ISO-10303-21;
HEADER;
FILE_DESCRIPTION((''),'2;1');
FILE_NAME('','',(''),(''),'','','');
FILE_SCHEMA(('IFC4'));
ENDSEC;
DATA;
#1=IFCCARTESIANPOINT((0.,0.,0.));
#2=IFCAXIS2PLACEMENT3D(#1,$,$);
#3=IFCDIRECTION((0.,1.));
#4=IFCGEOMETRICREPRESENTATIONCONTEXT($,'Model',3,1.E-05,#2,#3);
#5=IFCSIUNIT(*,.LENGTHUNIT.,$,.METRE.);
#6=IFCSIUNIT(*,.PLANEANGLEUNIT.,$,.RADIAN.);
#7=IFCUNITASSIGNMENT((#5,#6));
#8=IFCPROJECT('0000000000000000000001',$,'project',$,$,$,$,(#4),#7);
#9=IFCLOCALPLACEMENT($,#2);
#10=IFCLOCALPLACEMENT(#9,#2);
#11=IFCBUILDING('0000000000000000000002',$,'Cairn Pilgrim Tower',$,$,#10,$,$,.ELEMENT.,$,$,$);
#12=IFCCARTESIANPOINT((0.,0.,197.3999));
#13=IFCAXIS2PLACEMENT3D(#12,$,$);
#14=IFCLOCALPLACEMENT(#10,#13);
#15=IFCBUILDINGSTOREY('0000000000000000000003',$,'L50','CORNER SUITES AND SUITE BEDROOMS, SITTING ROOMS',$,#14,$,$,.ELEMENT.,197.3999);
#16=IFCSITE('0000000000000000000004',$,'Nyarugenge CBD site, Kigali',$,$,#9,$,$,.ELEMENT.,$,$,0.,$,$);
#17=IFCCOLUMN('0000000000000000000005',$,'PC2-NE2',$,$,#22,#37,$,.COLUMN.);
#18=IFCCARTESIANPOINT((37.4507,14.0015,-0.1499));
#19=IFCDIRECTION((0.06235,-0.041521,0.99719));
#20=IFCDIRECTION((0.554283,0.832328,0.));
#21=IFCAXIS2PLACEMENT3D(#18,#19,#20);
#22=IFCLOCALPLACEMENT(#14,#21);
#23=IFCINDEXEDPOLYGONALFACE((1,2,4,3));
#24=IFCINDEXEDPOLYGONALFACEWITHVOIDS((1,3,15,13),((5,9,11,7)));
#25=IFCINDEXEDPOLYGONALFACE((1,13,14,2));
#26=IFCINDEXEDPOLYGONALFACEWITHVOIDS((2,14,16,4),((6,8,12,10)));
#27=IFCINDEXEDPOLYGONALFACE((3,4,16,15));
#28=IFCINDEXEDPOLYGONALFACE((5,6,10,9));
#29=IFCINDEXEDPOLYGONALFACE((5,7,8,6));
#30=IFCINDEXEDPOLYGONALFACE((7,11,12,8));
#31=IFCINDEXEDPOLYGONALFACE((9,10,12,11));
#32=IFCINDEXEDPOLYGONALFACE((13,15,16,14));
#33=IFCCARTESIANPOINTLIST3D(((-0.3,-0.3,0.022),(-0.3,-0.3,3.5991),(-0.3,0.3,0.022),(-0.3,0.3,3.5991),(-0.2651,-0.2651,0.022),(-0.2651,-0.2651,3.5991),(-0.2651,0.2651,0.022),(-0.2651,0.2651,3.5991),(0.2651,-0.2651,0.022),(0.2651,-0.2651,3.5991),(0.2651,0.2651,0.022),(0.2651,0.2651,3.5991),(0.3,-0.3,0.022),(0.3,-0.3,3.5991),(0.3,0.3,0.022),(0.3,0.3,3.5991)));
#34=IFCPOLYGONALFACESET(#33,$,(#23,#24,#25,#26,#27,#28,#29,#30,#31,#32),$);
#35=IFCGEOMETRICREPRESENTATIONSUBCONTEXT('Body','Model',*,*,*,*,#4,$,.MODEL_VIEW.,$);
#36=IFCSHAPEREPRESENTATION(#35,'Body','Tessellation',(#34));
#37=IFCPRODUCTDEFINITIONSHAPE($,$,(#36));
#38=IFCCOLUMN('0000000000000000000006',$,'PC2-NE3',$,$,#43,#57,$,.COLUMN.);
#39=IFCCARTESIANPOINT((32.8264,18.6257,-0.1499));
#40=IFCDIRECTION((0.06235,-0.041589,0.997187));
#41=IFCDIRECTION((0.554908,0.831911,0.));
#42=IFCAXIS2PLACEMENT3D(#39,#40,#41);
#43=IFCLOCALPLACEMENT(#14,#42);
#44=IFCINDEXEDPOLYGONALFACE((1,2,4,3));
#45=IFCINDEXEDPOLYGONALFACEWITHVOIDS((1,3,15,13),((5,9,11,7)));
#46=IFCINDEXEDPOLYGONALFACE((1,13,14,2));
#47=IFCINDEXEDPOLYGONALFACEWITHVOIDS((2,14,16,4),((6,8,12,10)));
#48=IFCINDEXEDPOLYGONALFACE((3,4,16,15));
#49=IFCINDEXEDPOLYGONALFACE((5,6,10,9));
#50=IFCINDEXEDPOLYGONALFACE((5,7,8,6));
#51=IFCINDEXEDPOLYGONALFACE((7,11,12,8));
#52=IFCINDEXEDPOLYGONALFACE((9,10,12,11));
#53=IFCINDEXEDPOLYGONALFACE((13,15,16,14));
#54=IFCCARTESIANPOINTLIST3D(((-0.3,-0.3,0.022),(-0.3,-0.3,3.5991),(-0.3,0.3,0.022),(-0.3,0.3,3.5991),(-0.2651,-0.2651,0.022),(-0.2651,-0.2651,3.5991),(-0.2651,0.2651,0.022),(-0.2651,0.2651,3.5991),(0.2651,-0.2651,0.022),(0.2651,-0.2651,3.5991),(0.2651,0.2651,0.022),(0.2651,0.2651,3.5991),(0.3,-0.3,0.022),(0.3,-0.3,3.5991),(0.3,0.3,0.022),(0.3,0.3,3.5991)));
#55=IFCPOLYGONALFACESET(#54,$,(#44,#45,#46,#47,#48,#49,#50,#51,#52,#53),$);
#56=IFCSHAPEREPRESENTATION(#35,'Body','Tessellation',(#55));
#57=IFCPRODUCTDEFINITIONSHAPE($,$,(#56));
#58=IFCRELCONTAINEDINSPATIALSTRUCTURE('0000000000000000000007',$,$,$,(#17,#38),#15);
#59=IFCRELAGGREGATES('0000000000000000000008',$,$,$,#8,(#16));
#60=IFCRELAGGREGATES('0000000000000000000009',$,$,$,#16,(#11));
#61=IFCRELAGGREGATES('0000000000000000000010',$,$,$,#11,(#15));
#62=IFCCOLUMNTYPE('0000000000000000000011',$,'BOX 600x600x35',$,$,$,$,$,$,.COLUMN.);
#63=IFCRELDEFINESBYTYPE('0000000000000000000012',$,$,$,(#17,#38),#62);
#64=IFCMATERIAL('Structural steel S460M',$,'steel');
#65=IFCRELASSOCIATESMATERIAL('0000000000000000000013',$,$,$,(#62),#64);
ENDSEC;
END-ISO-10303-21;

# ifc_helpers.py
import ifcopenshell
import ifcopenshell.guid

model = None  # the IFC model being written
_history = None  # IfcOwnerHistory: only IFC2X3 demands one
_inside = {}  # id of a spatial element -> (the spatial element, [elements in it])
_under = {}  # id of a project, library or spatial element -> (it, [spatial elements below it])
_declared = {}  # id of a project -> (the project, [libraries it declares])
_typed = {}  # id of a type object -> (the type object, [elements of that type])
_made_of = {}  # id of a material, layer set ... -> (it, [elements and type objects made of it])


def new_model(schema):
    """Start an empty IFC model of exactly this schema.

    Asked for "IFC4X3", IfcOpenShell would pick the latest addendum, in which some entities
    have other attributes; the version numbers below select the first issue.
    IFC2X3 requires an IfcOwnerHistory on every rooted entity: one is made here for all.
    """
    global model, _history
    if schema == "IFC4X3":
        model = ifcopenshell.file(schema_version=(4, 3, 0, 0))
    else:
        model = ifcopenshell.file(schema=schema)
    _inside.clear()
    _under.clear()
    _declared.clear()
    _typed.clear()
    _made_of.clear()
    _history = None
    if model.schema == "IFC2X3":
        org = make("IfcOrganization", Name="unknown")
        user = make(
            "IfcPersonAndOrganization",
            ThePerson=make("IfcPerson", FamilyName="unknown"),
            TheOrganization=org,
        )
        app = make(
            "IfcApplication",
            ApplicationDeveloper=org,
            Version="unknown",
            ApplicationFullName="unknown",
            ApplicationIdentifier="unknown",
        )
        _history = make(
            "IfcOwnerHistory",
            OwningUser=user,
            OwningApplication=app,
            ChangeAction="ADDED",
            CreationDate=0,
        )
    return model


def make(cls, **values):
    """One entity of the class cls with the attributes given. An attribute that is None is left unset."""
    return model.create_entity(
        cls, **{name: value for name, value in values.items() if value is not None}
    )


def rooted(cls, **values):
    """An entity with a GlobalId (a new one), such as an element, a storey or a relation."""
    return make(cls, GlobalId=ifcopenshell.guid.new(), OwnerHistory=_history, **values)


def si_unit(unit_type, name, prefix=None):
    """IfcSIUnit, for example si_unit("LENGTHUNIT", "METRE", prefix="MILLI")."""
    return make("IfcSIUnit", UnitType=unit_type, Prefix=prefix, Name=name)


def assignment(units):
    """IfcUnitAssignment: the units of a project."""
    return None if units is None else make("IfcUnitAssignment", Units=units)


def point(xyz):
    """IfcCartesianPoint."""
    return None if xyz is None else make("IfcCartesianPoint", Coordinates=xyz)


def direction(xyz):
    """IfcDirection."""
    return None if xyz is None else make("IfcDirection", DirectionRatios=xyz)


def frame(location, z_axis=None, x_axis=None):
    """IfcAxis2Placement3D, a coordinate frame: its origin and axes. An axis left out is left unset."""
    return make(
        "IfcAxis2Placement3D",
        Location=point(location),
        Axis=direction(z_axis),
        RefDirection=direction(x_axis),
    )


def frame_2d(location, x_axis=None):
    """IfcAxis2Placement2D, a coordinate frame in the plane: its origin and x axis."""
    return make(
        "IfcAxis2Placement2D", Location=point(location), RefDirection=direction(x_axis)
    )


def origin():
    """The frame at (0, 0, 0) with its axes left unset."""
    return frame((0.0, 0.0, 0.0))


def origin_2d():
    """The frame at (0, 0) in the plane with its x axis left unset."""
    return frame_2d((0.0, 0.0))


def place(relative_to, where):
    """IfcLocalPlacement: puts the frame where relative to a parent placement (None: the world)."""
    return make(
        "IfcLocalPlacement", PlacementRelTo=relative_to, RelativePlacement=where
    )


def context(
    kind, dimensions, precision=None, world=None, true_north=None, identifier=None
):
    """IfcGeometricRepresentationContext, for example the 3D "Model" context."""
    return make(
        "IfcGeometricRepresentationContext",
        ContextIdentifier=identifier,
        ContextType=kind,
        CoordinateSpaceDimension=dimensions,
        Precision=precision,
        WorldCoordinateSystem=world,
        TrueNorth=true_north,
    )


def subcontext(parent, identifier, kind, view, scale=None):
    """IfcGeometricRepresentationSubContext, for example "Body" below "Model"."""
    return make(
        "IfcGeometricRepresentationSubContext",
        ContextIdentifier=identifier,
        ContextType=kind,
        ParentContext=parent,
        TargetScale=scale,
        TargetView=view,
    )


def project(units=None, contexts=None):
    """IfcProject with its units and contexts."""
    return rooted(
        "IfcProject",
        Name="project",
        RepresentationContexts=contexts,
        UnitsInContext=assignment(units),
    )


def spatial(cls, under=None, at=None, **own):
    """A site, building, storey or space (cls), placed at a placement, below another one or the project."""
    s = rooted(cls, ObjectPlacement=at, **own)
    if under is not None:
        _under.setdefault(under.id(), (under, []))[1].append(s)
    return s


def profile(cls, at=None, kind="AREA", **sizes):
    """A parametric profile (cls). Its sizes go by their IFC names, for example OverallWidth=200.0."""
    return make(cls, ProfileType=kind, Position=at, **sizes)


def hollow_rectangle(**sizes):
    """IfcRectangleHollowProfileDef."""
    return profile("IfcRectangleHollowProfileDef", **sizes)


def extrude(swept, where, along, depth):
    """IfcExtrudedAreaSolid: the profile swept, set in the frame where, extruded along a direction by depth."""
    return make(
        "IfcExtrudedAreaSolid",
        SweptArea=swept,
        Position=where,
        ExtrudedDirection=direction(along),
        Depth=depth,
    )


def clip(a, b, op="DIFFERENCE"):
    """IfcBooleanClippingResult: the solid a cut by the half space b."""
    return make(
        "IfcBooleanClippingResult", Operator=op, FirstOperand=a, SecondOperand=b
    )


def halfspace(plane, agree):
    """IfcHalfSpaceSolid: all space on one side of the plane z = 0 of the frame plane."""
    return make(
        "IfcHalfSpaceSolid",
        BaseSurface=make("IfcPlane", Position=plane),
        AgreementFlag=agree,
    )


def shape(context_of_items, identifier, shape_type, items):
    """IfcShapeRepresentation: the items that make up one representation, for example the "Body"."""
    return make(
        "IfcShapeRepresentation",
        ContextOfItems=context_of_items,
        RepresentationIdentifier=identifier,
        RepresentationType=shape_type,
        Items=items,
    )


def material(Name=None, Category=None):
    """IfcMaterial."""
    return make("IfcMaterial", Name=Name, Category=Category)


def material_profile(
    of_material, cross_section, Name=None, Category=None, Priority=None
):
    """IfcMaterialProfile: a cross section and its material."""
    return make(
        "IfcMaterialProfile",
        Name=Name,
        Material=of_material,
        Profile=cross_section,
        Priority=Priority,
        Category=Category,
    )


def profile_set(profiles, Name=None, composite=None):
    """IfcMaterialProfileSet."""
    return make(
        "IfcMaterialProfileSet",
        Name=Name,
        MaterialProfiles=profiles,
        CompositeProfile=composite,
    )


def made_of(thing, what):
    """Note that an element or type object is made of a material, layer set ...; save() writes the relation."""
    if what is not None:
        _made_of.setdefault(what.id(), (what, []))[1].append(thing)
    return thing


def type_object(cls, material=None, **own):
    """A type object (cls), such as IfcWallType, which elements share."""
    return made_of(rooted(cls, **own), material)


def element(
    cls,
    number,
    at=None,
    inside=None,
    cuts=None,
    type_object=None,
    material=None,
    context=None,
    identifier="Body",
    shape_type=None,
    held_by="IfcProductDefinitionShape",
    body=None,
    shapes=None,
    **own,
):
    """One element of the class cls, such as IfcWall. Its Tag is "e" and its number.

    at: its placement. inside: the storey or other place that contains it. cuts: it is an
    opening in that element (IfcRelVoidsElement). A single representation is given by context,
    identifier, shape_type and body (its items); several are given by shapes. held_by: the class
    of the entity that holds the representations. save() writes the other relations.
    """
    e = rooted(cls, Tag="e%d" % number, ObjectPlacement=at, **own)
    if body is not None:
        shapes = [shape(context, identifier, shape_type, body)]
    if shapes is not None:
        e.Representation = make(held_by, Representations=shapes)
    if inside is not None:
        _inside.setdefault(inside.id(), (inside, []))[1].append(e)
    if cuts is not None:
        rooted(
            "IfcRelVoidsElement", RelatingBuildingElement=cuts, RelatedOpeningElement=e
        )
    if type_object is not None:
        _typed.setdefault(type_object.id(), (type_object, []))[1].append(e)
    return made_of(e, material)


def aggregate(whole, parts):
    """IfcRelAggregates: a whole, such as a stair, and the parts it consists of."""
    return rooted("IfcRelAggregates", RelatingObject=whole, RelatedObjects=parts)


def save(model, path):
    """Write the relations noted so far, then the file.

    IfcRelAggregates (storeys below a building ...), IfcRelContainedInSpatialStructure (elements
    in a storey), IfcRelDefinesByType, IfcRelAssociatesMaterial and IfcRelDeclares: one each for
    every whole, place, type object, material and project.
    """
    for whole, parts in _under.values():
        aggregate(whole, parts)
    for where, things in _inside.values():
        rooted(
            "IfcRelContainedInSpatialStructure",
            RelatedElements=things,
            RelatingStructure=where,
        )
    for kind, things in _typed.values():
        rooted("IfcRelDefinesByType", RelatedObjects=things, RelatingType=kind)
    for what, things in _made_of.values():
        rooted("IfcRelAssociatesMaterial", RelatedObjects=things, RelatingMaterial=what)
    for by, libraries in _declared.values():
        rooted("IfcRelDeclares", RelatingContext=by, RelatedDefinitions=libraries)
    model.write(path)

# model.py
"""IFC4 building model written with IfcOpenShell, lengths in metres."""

from ifc_helpers import new_model, si_unit, direction, frame, origin, origin_2d, place, context, subcontext, project, spatial, hollow_rectangle, extrude, clip, halfspace, material, material_profile, profile_set, type_object, element, save


model = new_model("IFC4")

# Units and contexts
model_context = context("Model", 3, precision=1e-05, world=origin(), true_north=direction((0.0, 1.0)))
body_context = subcontext(model_context, "Body", "Model", "MODEL_VIEW")
ifc_project = project(units=[si_unit("LENGTHUNIT", "METRE"), si_unit("PLANEANGLEUNIT", "RADIAN")], contexts=[model_context])

# Site, building, storey
site_placement = place(None, origin())
site = spatial("IfcSite", under=ifc_project, at=site_placement, Name="Nyarugenge CBD site, Kigali", CompositionType="ELEMENT", RefElevation=0.0)
building_placement = place(site_placement, origin())
building = spatial("IfcBuilding", under=site, at=building_placement, Name="Cairn Pilgrim Tower", CompositionType="ELEMENT")
storey_placement = place(building_placement, frame((0.0, 0.0, 197.3999)))
storey = spatial("IfcBuildingStorey", under=building, at=storey_placement, Name="L50", Description="CORNER SUITES AND SUITE BEDROOMS, SITTING ROOMS", CompositionType="ELEMENT", Elevation=197.3999)

# Columns
ifc_material_1 = material(Name="Structural steel S460M", Category="steel")
ifc_material_profile_1 = material_profile(ifc_material_1, hollow_rectangle(XDim=0.6001, YDim=0.6001, WallThickness=0.0349, at=origin_2d()), Name="BOX 600x600x35")
ifc_profile_set_1 = profile_set([ifc_material_profile_1], Name="Structural steel S460M")
column_type = type_object("IfcColumnType", Name="BOX 600x600x35", PredefinedType="COLUMN", material=ifc_profile_set_1)
for number, where, z_axis, x_axis, name in (
    (1, (37.4507, 14.0015, -0.1499), (0.06235, -0.041521, 0.99719), (0.554283, 0.832328, 0.0), "PC2-NE2"),
    (2, (32.8264, 18.6257, -0.1499), (0.06235, -0.041589, 0.997187), (0.554908, 0.831911, 0.0), "PC2-NE3"),
):
    element("IfcColumn", number, at=place(storey_placement, frame(where, z_axis=z_axis, x_axis=x_axis)), inside=storey, type_object=column_type, Name=name, PredefinedType="COLUMN", context=body_context, shape_type="Clipping", body=[
        clip(clip(extrude(hollow_rectangle(XDim=0.6001, YDim=0.6001, WallThickness=0.0349, at=origin_2d()), origin(), (0.0, 0.0, 1.0), 3.6104), halfspace(frame((0.0, 0.0, 0.022), z_axis=(0.0, 0.0, 1.0), x_axis=(1.0, 0.0, 0.0)), True)), halfspace(frame((0.0, 0.0, 3.5991), z_axis=(0.0, 0.0, 1.0), x_axis=(1.0, 0.0, 0.0)), False)),
    ])

save(model, "model.ifc")
